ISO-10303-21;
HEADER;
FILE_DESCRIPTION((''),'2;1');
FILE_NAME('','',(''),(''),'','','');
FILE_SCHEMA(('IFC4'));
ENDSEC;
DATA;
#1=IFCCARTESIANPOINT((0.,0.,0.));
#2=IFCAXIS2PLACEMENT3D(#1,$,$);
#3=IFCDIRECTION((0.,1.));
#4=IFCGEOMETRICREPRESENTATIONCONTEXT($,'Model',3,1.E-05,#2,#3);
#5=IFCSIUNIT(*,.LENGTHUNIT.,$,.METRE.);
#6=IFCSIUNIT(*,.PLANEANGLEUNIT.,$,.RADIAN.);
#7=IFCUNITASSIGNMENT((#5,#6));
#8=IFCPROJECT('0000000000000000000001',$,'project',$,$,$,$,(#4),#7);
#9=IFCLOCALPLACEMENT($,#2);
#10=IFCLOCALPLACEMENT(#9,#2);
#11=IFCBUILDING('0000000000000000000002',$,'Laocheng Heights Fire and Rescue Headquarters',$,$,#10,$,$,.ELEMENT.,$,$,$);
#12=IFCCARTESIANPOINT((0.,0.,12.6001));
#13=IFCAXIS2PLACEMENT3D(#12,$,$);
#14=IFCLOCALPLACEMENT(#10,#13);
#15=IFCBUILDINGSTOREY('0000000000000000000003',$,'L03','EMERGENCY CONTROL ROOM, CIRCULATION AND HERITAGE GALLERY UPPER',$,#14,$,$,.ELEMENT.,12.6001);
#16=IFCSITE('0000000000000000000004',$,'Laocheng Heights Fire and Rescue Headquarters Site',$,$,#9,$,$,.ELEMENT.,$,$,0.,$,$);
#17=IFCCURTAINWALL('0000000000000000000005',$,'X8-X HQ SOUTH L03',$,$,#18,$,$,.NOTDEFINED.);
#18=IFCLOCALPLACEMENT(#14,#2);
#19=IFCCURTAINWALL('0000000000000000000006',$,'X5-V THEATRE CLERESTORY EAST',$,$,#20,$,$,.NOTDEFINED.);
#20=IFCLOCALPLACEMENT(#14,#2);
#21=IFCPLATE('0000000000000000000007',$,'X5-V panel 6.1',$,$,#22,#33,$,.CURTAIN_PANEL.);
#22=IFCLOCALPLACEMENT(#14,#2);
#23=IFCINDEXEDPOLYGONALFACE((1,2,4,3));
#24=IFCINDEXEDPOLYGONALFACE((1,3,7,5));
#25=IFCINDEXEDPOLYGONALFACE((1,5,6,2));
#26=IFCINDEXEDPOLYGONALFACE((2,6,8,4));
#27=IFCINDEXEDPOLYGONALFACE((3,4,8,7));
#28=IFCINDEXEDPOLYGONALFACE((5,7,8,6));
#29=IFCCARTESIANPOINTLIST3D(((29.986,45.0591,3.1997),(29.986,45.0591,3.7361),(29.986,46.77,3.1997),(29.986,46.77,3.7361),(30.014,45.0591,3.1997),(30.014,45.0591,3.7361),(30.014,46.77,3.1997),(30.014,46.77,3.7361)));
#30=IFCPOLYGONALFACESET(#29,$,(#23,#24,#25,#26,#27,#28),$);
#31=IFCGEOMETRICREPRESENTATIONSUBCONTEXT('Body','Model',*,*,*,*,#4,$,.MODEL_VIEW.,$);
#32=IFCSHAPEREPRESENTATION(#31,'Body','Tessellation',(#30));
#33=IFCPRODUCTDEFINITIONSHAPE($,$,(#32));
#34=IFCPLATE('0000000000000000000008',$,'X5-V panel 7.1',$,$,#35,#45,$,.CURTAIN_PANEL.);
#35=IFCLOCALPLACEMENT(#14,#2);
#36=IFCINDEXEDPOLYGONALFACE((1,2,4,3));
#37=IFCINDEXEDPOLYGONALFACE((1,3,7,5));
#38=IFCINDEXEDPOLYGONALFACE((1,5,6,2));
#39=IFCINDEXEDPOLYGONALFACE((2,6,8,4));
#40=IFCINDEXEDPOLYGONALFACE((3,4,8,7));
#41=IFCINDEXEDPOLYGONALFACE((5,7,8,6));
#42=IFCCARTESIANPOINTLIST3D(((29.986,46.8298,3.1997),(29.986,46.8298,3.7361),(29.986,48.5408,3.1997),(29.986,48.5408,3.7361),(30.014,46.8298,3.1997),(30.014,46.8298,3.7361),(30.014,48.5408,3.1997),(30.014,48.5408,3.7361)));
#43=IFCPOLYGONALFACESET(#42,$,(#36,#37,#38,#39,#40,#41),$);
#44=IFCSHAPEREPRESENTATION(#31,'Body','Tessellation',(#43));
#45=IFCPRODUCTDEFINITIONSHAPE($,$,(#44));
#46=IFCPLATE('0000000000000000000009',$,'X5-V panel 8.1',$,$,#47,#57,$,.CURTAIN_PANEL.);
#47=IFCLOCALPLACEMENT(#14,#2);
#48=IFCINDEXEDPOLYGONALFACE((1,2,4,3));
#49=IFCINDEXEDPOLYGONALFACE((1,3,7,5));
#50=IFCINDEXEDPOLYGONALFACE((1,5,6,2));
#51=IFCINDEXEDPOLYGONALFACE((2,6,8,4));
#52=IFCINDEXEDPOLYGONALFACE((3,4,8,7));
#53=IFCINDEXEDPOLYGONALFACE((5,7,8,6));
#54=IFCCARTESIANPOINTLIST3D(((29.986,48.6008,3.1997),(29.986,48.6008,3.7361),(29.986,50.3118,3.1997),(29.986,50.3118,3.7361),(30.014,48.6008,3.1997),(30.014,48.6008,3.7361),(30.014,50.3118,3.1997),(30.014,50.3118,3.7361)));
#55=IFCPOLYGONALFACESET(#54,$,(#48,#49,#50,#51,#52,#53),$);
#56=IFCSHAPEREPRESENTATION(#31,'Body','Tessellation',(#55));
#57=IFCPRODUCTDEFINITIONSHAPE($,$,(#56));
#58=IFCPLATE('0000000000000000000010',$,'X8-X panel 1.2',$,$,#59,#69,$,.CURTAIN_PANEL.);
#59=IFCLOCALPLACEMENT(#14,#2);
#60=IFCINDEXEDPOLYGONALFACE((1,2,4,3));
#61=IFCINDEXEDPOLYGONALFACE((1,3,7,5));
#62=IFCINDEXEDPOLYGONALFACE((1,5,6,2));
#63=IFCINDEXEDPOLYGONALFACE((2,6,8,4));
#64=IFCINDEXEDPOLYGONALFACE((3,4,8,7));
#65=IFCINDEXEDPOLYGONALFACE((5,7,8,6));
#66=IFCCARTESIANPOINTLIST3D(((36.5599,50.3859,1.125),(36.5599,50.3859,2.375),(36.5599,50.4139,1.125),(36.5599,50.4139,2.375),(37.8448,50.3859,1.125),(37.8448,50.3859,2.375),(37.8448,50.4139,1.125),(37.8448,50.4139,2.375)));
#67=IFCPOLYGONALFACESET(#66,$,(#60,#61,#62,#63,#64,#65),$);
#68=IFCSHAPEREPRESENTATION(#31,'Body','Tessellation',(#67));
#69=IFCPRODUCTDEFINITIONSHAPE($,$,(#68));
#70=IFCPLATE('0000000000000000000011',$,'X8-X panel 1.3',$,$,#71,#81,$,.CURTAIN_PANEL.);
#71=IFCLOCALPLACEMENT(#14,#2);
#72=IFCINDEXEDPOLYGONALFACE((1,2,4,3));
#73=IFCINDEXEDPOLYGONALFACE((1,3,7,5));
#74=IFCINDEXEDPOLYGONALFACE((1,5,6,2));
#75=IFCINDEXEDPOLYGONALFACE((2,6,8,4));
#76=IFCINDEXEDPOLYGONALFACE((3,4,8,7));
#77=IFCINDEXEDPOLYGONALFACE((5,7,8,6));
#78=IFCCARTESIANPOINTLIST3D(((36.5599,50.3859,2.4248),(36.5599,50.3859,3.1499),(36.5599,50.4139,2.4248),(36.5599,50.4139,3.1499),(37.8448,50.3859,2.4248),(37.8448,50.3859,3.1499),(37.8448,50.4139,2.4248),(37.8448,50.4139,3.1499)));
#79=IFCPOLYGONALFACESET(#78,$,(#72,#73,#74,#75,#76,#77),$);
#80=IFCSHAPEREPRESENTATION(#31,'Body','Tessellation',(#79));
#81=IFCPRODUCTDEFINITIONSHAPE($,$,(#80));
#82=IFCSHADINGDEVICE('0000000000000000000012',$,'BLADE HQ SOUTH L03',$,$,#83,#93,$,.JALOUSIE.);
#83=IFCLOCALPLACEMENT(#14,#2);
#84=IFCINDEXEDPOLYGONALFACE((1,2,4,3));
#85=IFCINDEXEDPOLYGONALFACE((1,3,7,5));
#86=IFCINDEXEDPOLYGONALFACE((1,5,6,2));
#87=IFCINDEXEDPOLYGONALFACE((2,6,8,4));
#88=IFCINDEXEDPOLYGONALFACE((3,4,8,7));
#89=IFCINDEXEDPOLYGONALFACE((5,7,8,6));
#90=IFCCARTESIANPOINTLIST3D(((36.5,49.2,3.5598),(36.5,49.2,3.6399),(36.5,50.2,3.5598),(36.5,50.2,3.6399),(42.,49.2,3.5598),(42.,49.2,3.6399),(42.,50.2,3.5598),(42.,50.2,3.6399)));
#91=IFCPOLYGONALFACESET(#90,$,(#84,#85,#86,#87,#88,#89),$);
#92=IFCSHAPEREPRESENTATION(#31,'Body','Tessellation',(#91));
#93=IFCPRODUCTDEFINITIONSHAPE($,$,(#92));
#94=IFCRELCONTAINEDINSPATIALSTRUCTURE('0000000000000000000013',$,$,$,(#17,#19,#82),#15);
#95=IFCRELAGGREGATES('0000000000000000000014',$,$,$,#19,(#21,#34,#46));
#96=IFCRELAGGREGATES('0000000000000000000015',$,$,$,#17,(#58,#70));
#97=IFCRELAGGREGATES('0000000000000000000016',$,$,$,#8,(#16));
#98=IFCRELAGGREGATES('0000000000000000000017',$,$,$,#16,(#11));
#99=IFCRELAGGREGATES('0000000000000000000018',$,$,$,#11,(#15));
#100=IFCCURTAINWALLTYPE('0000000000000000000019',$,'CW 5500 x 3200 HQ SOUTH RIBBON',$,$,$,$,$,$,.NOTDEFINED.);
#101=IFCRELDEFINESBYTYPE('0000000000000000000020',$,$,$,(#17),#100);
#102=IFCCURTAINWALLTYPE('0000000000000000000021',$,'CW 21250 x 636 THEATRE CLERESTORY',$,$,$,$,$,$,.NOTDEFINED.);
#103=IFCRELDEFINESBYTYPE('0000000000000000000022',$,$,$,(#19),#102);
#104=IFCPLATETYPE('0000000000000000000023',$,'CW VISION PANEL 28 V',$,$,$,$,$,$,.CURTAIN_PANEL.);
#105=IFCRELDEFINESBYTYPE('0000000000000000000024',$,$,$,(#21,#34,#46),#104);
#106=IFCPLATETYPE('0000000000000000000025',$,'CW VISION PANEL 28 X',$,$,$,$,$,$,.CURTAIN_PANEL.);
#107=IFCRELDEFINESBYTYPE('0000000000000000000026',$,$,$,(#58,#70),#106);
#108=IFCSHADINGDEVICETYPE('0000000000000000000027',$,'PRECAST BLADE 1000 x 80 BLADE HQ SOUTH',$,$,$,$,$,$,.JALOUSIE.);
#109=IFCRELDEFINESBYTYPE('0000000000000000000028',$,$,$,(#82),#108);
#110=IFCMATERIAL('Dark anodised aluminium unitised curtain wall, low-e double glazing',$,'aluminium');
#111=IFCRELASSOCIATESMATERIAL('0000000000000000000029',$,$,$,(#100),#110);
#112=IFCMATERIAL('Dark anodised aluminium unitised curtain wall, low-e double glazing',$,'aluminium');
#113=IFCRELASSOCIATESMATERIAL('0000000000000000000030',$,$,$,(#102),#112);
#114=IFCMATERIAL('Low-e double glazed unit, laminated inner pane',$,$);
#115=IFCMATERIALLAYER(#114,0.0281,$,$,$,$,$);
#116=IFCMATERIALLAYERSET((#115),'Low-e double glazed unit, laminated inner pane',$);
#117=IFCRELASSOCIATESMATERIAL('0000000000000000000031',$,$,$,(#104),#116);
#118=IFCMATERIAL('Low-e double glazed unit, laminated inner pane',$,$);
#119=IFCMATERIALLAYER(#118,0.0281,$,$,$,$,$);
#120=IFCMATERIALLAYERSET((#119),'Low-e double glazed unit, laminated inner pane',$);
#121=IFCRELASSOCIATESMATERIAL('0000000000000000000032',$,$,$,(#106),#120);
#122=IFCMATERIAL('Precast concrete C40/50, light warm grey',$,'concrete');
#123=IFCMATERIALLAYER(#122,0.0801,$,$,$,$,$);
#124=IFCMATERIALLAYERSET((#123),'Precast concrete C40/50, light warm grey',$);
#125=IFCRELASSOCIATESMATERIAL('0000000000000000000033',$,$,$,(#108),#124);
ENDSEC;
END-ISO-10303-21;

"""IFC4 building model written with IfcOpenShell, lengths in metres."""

from ifc_helpers import new_model, si_unit, direction, frame, origin, origin_2d, place, context, subcontext, project, spatial, rectangle, extrude, material, layer, layer_set, type_object, element, aggregate, save


model = new_model("IFC4")

# Units and contexts
model_context = context("Model", 3, precision=1e-05, world=origin(), true_north=direction((0.0, 1.0)))
body_context = subcontext(model_context, "Body", "Model", "MODEL_VIEW")
ifc_project = project(units=[si_unit("LENGTHUNIT", "METRE"), si_unit("PLANEANGLEUNIT", "RADIAN")], contexts=[model_context])

# Site, building, storey
site_placement = place(None, origin())
site = spatial("IfcSite", under=ifc_project, at=site_placement, Name="Laocheng Heights Fire and Rescue Headquarters Site", CompositionType="ELEMENT", RefElevation=0.0)
building_placement = place(site_placement, origin())
building = spatial("IfcBuilding", under=site, at=building_placement, Name="Laocheng Heights Fire and Rescue Headquarters", CompositionType="ELEMENT")
storey_placement = place(building_placement, frame((0.0, 0.0, 12.6001)))
storey = spatial("IfcBuildingStorey", under=building, at=storey_placement, Name="L03", Description="EMERGENCY CONTROL ROOM, CIRCULATION AND HERITAGE GALLERY UPPER", CompositionType="ELEMENT", Elevation=12.6001)

# Curtain walls
ifc_material_1 = material(Name="Dark anodised aluminium unitised curtain wall, low-e double glazing", Category="aluminium")
curtain_wall_type_1 = type_object("IfcCurtainWallType", Name="CW 5500 x 3200 HQ SOUTH RIBBON", PredefinedType="NOTDEFINED", material=ifc_material_1)
curtain_wall_1_placement = place(storey_placement, origin())
curtain_wall_1 = element("IfcCurtainWall", 1, at=curtain_wall_1_placement, inside=storey, type_object=curtain_wall_type_1, Name="X8-X HQ SOUTH L03", PredefinedType="NOTDEFINED")
ifc_material_2 = material(Name="Dark anodised aluminium unitised curtain wall, low-e double glazing", Category="aluminium")
curtain_wall_type_2 = type_object("IfcCurtainWallType", Name="CW 21250 x 636 THEATRE CLERESTORY", PredefinedType="NOTDEFINED", material=ifc_material_2)
curtain_wall_2_placement = place(storey_placement, origin())
curtain_wall_2 = element("IfcCurtainWall", 2, at=curtain_wall_2_placement, inside=storey, type_object=curtain_wall_type_2, Name="X5-V THEATRE CLERESTORY EAST", PredefinedType="NOTDEFINED")

# Plates
ifc_material_3 = material(Name="Low-e double glazed unit, laminated inner pane")
ifc_layer_1 = layer(ifc_material_3, 0.0281)
ifc_layer_set_1 = layer_set([ifc_layer_1], Name="Low-e double glazed unit, laminated inner pane")
plate_type_1 = type_object("IfcPlateType", Name="CW VISION PANEL 28 V", PredefinedType="CURTAIN_PANEL", material=ifc_layer_set_1)
plate_1_placement = place(storey_placement, frame((30.0, 45.9146, 3.1997), z_axis=(0.0, 0.0, 1.0), x_axis=(0.0, 1.0, 0.0)))
plate_1 = element("IfcPlate", 3, at=plate_1_placement, type_object=plate_type_1, Name="X5-V panel 6.1", PredefinedType="CURTAIN_PANEL", context=body_context, shape_type="SweptSolid", body=[
    extrude(rectangle(XDim=1.7109, YDim=0.0281, at=origin_2d()), origin(), (0.0, 0.0, 1.0), 0.5364),
])
plate_2_placement = place(storey_placement, frame((30.0, 47.6853, 3.1997), z_axis=(0.0, 0.0, 1.0), x_axis=(0.0, 1.0, 0.0)))
plate_2 = element("IfcPlate", 4, at=plate_2_placement, type_object=plate_type_1, Name="X5-V panel 7.1", PredefinedType="CURTAIN_PANEL", context=body_context, shape_type="SweptSolid", body=[
    extrude(rectangle(XDim=1.7109, YDim=0.0281, at=origin_2d()), origin(), (0.0, 0.0, 1.0), 0.5364),
])
plate_3_placement = place(storey_placement, frame((30.0, 49.4563, 3.1997), z_axis=(0.0, 0.0, 1.0), x_axis=(0.0, 1.0, 0.0)))
plate_3 = element("IfcPlate", 5, at=plate_3_placement, type_object=plate_type_1, Name="X5-V panel 8.1", PredefinedType="CURTAIN_PANEL", context=body_context, shape_type="SweptSolid", body=[
    extrude(rectangle(XDim=1.7109, YDim=0.0281, at=origin_2d()), origin(), (0.0, 0.0, 1.0), 0.5364),
])
aggregate(curtain_wall_2, [plate_1, plate_2, plate_3])
ifc_material_4 = material(Name="Low-e double glazed unit, laminated inner pane")
ifc_layer_2 = layer(ifc_material_4, 0.0281)
ifc_layer_set_2 = layer_set([ifc_layer_2], Name="Low-e double glazed unit, laminated inner pane")
plate_type_2 = type_object("IfcPlateType", Name="CW VISION PANEL 28 X", PredefinedType="CURTAIN_PANEL", material=ifc_layer_set_2)
plate_4_placement = place(storey_placement, frame((37.2024, 50.3999, 1.125), z_axis=(0.0, 0.0, 1.0), x_axis=(1.0, 0.0, 0.0)))
plate_4 = element("IfcPlate", 6, at=plate_4_placement, type_object=plate_type_2, Name="X8-X panel 1.2", PredefinedType="CURTAIN_PANEL", context=body_context, shape_type="SweptSolid", body=[
    extrude(rectangle(XDim=1.2849, YDim=0.0281, at=origin_2d()), origin(), (0.0, 0.0, 1.0), 1.25),
])
plate_5_placement = place(storey_placement, frame((37.2024, 50.3999, 2.4248), z_axis=(0.0, 0.0, 1.0), x_axis=(1.0, 0.0, 0.0)))
plate_5 = element("IfcPlate", 7, at=plate_5_placement, type_object=plate_type_2, Name="X8-X panel 1.3", PredefinedType="CURTAIN_PANEL", context=body_context, shape_type="SweptSolid", body=[
    extrude(rectangle(XDim=1.2849, YDim=0.0281, at=origin_2d()), origin(), (0.0, 0.0, 1.0), 0.7251),
])
aggregate(curtain_wall_1, [plate_4, plate_5])

# Shading device
ifc_material_5 = material(Name="Precast concrete C40/50, light warm grey", Category="concrete")
ifc_layer_3 = layer(ifc_material_5, 0.0801)
ifc_layer_set_3 = layer_set([ifc_layer_3], Name="Precast concrete C40/50, light warm grey")
shading_device_type = type_object("IfcShadingDeviceType", Name="PRECAST BLADE 1000 x 80 BLADE HQ SOUTH", PredefinedType="JALOUSIE", material=ifc_layer_set_3)
shading_device_placement = place(storey_placement, frame((39.25, 49.7, 3.5598), z_axis=(0.0, 0.0, 1.0), x_axis=(1.0, 0.0, 0.0)))
element("IfcShadingDevice", 8, at=shading_device_placement, inside=storey, type_object=shading_device_type, Name="BLADE HQ SOUTH L03", PredefinedType="JALOUSIE", context=body_context, shape_type="SweptSolid", body=[
    extrude(rectangle(XDim=5.5, YDim=1.0, at=origin_2d()), origin(), (0.0, 0.0, 1.0), 0.0801),
])

save(model, "model.ifc")
